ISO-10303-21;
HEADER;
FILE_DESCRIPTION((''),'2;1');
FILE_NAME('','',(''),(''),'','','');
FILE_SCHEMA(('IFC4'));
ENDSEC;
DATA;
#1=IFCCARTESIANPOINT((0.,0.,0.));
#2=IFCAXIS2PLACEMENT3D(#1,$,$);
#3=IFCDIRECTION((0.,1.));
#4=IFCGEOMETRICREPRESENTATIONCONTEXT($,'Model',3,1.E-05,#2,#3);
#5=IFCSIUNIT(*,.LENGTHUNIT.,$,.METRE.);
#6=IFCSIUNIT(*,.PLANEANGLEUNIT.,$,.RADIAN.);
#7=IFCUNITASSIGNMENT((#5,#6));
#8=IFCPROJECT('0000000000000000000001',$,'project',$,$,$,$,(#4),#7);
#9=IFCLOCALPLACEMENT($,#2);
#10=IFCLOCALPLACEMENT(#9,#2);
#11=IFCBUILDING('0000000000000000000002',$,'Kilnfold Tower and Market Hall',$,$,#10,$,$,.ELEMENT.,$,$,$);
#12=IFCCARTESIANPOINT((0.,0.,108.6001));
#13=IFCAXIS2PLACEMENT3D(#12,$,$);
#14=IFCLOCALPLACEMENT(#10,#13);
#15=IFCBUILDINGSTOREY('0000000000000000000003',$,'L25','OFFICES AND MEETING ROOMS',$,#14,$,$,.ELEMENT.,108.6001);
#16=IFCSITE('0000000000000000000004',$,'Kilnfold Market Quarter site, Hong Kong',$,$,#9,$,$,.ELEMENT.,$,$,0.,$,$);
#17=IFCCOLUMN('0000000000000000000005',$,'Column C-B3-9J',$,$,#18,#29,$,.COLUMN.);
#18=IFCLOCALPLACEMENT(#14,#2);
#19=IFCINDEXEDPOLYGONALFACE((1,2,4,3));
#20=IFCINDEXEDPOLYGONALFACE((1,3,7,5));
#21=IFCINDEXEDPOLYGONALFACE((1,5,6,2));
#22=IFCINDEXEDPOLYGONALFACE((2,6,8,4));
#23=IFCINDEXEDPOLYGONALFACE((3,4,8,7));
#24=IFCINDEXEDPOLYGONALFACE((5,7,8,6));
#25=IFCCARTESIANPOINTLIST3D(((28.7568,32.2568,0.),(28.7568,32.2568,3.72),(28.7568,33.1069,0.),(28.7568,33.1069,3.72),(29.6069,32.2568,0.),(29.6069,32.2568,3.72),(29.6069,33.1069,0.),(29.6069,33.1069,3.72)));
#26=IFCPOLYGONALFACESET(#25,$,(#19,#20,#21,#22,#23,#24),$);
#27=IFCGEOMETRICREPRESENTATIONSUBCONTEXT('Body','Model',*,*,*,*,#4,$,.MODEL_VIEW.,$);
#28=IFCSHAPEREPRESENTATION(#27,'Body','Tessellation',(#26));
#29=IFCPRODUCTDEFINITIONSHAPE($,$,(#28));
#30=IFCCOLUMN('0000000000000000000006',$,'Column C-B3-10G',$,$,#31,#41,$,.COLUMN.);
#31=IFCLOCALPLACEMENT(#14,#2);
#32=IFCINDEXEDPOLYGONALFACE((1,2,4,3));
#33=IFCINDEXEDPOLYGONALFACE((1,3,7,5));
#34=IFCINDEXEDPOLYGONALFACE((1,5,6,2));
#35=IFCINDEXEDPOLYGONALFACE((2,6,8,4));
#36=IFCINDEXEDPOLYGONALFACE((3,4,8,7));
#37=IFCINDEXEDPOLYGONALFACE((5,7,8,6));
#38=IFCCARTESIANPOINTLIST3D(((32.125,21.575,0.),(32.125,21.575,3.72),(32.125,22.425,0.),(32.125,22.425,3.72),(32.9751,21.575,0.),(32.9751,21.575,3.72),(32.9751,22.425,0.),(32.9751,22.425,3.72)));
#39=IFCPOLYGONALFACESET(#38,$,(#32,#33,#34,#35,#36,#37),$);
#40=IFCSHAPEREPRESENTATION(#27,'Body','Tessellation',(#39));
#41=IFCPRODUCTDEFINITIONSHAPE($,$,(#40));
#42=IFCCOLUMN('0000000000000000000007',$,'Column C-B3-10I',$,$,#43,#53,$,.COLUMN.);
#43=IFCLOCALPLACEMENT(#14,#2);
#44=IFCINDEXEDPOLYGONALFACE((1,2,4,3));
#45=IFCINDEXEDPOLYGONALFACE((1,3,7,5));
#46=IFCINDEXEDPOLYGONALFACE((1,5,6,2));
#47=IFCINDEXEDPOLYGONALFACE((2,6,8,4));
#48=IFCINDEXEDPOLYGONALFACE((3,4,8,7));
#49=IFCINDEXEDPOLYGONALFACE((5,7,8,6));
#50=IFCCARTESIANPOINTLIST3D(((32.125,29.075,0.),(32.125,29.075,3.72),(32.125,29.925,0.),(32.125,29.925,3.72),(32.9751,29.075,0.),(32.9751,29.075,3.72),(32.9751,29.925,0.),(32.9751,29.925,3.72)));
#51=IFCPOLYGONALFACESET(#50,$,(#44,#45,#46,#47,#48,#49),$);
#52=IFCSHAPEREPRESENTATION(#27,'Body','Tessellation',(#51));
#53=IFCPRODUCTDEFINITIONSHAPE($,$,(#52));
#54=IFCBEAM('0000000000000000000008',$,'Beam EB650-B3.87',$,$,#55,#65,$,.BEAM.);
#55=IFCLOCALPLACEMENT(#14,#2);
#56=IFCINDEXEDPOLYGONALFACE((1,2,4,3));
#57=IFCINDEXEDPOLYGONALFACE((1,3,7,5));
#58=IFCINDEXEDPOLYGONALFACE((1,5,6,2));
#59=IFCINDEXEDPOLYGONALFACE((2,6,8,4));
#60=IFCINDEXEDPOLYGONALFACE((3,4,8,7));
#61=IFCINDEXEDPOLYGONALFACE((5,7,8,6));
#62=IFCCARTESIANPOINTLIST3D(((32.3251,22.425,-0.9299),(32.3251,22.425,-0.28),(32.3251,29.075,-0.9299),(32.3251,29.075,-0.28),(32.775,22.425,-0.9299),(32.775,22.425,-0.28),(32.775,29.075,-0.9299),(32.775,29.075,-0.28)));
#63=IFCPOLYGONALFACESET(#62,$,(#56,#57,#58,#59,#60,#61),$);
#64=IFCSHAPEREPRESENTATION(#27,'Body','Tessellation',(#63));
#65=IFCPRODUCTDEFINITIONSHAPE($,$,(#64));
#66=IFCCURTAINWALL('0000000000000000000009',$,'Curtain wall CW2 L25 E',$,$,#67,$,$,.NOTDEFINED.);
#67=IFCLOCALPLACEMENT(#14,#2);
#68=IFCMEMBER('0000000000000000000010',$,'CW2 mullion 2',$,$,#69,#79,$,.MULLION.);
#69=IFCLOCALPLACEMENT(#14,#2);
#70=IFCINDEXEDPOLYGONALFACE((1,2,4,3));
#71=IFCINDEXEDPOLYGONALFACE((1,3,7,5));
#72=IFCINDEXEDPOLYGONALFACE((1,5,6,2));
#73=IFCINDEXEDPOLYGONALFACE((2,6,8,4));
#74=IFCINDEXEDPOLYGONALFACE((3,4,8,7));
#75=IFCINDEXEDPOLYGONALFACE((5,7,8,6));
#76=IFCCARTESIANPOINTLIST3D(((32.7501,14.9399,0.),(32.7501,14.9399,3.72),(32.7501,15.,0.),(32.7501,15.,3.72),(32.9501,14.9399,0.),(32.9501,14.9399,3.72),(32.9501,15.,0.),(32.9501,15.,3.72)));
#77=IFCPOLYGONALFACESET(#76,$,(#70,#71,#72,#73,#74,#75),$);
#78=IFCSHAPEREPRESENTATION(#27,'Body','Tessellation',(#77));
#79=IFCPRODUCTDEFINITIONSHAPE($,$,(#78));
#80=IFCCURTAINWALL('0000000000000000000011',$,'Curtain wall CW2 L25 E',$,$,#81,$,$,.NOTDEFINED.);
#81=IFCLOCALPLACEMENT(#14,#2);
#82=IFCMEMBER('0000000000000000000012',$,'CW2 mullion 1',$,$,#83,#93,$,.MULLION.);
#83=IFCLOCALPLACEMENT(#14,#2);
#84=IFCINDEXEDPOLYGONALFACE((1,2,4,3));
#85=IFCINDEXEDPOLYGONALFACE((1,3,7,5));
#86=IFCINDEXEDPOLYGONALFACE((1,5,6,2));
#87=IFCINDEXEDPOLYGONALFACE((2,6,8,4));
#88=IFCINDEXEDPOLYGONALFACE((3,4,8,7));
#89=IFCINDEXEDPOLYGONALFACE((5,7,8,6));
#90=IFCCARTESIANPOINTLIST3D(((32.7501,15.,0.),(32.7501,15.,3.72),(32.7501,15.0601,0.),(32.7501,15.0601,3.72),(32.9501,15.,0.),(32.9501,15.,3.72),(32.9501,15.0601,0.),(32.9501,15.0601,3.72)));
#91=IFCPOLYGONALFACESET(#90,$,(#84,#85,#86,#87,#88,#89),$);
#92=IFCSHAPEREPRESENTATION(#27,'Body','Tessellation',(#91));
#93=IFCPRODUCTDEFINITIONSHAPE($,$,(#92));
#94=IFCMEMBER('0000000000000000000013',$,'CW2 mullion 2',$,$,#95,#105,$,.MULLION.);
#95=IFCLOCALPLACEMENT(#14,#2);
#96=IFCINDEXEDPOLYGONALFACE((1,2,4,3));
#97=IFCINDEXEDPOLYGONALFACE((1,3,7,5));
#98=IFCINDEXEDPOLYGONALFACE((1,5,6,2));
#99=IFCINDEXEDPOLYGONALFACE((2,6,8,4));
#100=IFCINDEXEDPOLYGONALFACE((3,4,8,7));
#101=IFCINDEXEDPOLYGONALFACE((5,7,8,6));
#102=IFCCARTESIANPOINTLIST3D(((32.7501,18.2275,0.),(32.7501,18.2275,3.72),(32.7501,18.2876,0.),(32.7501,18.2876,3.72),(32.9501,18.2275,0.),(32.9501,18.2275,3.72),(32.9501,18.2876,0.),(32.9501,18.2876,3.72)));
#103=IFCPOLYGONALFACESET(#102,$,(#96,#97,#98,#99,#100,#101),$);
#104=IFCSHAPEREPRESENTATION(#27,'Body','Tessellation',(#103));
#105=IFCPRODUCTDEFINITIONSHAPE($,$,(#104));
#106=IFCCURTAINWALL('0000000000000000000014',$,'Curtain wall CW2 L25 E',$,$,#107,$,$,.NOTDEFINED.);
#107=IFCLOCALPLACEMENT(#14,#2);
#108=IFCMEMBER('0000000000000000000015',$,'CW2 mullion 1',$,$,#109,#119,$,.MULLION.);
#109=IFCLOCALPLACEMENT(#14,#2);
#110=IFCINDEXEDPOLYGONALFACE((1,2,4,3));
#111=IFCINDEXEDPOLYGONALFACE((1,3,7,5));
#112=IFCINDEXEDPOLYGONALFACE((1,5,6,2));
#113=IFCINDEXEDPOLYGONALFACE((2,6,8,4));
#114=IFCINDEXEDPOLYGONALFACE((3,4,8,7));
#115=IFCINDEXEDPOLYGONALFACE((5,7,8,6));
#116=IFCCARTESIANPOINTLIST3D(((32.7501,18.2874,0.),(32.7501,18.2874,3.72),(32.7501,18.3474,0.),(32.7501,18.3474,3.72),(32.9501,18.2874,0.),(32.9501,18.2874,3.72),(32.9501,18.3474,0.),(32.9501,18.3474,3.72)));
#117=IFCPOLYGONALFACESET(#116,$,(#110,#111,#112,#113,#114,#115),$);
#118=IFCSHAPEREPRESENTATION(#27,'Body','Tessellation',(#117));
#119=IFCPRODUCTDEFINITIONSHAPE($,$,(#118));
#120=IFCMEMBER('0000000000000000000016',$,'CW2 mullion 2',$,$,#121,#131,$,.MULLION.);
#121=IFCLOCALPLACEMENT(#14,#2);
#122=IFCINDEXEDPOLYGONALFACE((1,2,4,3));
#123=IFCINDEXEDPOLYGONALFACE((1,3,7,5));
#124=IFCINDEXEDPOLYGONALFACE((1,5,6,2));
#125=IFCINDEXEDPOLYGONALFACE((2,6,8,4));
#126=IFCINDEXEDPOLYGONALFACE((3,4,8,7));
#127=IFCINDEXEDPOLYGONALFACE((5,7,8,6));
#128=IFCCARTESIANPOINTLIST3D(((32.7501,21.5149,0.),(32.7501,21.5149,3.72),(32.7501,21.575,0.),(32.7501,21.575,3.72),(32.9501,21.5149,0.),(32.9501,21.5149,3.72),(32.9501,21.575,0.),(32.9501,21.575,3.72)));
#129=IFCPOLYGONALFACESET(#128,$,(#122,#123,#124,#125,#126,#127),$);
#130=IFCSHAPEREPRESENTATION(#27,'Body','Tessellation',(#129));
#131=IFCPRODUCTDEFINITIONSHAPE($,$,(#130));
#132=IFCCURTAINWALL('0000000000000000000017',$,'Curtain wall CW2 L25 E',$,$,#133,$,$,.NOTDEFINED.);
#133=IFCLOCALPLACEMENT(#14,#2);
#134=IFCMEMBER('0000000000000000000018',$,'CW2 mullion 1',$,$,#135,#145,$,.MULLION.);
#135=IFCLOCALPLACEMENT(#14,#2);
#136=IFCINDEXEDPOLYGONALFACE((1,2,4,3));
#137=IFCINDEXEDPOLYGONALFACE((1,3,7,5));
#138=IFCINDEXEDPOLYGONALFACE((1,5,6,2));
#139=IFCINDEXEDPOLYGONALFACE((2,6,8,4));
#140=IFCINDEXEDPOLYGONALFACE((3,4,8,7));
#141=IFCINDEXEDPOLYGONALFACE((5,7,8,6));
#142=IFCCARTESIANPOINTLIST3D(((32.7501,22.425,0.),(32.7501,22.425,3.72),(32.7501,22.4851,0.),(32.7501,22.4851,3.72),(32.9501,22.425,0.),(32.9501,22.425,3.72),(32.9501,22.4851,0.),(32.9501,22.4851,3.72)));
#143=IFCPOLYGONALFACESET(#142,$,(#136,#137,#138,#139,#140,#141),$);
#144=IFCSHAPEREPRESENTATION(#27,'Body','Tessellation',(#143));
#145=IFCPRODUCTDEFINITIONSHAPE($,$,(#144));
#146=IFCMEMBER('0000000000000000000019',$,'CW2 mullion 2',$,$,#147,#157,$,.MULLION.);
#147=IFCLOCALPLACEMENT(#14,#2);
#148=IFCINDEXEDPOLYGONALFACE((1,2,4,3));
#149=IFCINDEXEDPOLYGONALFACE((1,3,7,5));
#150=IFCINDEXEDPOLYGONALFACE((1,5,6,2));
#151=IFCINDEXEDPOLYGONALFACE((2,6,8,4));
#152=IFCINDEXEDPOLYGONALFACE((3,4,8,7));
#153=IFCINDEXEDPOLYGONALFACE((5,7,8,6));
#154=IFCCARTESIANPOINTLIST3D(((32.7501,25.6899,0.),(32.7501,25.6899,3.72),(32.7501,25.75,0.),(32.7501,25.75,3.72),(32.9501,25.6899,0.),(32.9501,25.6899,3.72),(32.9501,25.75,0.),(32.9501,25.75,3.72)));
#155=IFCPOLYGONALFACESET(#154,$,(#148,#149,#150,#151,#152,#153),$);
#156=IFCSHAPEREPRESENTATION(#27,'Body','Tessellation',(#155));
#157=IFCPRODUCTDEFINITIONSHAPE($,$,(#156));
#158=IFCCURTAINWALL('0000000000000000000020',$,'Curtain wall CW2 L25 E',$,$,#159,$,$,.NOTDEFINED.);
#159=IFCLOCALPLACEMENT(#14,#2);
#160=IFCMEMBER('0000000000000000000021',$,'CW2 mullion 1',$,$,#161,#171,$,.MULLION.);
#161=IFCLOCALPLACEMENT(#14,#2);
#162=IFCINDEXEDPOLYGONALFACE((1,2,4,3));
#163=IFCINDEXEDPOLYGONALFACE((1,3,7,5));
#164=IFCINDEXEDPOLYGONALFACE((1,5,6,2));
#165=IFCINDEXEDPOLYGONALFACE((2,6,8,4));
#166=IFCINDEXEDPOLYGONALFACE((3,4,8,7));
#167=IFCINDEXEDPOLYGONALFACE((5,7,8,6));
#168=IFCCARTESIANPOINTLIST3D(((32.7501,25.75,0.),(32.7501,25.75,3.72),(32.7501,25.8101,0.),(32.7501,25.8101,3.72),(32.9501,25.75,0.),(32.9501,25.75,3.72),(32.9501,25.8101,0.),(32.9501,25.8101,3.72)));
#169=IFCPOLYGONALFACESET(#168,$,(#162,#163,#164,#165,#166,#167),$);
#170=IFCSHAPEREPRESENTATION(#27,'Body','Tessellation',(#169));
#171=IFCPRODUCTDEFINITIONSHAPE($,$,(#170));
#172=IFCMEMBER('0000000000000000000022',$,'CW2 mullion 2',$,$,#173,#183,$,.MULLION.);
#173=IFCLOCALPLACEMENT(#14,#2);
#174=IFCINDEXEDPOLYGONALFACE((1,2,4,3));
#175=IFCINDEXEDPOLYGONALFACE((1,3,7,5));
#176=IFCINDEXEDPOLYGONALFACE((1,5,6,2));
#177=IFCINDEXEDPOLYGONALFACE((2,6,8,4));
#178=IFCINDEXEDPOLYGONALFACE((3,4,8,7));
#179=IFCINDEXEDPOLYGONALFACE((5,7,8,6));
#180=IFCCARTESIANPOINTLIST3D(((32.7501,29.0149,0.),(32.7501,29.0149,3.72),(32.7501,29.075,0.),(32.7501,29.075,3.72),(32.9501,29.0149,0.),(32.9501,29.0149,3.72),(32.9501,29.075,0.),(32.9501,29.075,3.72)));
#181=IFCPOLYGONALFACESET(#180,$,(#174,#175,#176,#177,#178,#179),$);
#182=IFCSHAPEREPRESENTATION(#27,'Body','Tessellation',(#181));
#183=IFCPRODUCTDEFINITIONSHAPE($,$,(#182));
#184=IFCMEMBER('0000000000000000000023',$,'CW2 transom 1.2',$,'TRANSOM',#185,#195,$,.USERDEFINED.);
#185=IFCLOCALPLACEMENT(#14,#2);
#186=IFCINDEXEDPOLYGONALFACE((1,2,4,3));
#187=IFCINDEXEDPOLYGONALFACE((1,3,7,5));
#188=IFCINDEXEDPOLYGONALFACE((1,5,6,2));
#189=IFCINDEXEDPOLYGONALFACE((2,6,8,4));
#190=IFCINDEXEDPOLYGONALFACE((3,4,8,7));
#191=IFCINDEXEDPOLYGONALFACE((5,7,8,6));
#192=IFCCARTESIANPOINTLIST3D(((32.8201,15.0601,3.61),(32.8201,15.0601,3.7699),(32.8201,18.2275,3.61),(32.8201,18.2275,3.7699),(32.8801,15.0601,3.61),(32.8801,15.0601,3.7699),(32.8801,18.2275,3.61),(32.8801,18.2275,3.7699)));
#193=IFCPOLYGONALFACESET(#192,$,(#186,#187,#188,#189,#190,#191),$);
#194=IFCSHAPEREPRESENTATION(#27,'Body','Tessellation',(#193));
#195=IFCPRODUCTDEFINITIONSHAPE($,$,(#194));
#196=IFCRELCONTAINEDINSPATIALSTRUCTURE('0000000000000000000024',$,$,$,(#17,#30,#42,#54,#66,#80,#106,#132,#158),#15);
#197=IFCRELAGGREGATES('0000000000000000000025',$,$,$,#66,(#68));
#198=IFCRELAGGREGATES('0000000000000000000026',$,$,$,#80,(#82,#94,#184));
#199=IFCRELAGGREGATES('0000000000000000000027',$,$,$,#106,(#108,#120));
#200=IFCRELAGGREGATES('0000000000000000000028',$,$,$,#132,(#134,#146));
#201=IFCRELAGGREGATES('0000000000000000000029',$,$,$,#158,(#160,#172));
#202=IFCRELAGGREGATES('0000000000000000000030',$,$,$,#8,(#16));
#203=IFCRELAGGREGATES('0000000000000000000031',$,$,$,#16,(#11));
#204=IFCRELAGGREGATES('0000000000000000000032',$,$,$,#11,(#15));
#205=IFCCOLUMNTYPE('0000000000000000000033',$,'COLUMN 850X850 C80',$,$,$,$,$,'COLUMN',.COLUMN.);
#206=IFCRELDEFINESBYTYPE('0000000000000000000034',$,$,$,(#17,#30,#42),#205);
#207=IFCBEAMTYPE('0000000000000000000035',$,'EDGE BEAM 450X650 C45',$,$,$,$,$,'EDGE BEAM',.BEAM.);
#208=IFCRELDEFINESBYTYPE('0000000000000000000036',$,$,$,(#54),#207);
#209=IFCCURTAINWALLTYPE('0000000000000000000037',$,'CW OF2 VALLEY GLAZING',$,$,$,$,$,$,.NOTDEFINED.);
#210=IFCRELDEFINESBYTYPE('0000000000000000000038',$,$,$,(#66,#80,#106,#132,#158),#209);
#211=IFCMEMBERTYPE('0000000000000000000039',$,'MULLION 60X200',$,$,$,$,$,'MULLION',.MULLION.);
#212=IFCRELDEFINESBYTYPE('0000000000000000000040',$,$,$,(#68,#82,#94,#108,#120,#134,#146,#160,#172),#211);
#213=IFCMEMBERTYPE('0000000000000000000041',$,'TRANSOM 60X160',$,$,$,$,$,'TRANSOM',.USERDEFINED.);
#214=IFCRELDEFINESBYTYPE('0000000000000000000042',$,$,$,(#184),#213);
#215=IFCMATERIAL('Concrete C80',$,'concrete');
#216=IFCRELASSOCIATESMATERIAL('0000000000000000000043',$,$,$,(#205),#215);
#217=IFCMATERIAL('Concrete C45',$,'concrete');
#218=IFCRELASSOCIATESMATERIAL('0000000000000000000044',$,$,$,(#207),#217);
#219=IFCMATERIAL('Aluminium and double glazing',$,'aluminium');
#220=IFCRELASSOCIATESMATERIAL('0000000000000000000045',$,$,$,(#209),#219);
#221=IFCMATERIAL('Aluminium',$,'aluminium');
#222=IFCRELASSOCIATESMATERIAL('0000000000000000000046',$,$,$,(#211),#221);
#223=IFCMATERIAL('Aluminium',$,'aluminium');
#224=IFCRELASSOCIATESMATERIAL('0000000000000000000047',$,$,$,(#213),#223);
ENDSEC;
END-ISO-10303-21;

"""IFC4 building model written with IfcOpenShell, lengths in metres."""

from ifc_helpers import new_model, si_unit, direction, frame, origin, origin_2d, place, context, subcontext, project, spatial, rectangle, extrude, source, transform, mapped, material, material_profile, profile_set, type_object, element, aggregate, save


model = new_model("IFC4")

# Units and contexts
model_context = context("Model", 3, precision=1e-05, world=origin(), true_north=direction((0.0, 1.0)))
body_context = subcontext(model_context, "Body", "Model", "MODEL_VIEW")
ifc_project = project(units=[si_unit("LENGTHUNIT", "METRE"), si_unit("PLANEANGLEUNIT", "RADIAN")], contexts=[model_context])

# Site, building, storey
site_placement = place(None, origin())
site = spatial("IfcSite", under=ifc_project, at=site_placement, Name="Kilnfold Market Quarter site, Hong Kong", CompositionType="ELEMENT", RefElevation=0.0)
building_placement = place(site_placement, origin())
building = spatial("IfcBuilding", under=site, at=building_placement, Name="Kilnfold Tower and Market Hall", CompositionType="ELEMENT")
storey_placement = place(building_placement, frame((0.0, 0.0, 108.6001)))
storey = spatial("IfcBuildingStorey", under=building, at=storey_placement, Name="L25", Description="OFFICES AND MEETING ROOMS", CompositionType="ELEMENT", Elevation=108.6001)

# Columns
ifc_material_1 = material(Name="Concrete C80", Category="concrete")
ifc_material_profile_1 = material_profile(ifc_material_1, rectangle(XDim=0.8501, YDim=0.8501, at=origin_2d()), Name="RC 850x850")
ifc_profile_set_1 = profile_set([ifc_material_profile_1], Name="Concrete C80")
column_type = type_object("IfcColumnType", Name="COLUMN 850X850 C80", ElementType="COLUMN", PredefinedType="COLUMN", material=ifc_profile_set_1)
shared_shape_1 = source(origin(), body_context, "Body", "SweptSolid", [
    extrude(rectangle(XDim=0.8501, YDim=0.8501, at=origin_2d()), origin(), (0.0, 0.0, 1.0), 3.72),
])
for number, where, z_axis, x_axis, name in (
    (1, (29.1819, 32.6819, 0.0), (0.0, 0.0, 1.0), (1.0, 0.0, 0.0), "Column C-B3-9J"),
    (2, (32.55, 22.0, 0.0), (0.0, 0.0, 1.0), (1.0, 0.0, 0.0), "Column C-B3-10G"),
    (3, (32.55, 29.5, 0.0), (0.0, 0.0, 1.0), (1.0, 0.0, 0.0), "Column C-B3-10I"),
):
    element("IfcColumn", number, at=place(storey_placement, frame(where, z_axis=z_axis, x_axis=x_axis)), inside=storey, type_object=column_type, Name=name, PredefinedType="COLUMN", context=body_context, shape_type="MappedRepresentation", body=[
        mapped(shared_shape_1, transform((0.0, 0.0, 0.0))),
    ])

# Beam
ifc_material_2 = material(Name="Concrete C45", Category="concrete")
ifc_material_profile_2 = material_profile(ifc_material_2, rectangle(XDim=0.45, YDim=0.6499, at=origin_2d()), Name="RC 450x650")
ifc_profile_set_2 = profile_set([ifc_material_profile_2], Name="Concrete C45")
beam_type = type_object("IfcBeamType", Name="EDGE BEAM 450X650 C45", ElementType="EDGE BEAM", PredefinedType="BEAM", material=ifc_profile_set_2)
shared_shape_2 = source(origin(), body_context, "Body", "SweptSolid", [
    extrude(rectangle(XDim=0.45, YDim=0.6499, at=origin_2d()), origin(), (0.0, 0.0, 1.0), 6.6499),
])
beam_placement = place(storey_placement, frame((32.55, 22.425, -0.605), z_axis=(0.0, 1.0, 0.0), x_axis=(-1.0, 0.0, 0.0)))
element("IfcBeam", 4, at=beam_placement, inside=storey, type_object=beam_type, Name="Beam EB650-B3.87", PredefinedType="BEAM", context=body_context, shape_type="MappedRepresentation", body=[
    mapped(shared_shape_2, transform((0.0, 0.0, 0.0))),
])

# Curtain wall, member
ifc_material_3 = material(Name="Aluminium and double glazing", Category="aluminium")
curtain_wall_type = type_object("IfcCurtainWallType", Name="CW OF2 VALLEY GLAZING", PredefinedType="NOTDEFINED", material=ifc_material_3)
curtain_wall_1_placement = place(storey_placement, origin())
curtain_wall_1 = element("IfcCurtainWall", 5, at=curtain_wall_1_placement, inside=storey, type_object=curtain_wall_type, Name="Curtain wall CW2 L25 E", PredefinedType="NOTDEFINED")
ifc_material_4 = material(Name="Aluminium", Category="aluminium")
ifc_material_profile_3 = material_profile(ifc_material_4, rectangle(XDim=0.0601, YDim=0.2, at=origin_2d()), Name="MULLION 60x200")
ifc_profile_set_3 = profile_set([ifc_material_profile_3], Name="Aluminium")
member_type_1 = type_object("IfcMemberType", Name="MULLION 60X200", ElementType="MULLION", PredefinedType="MULLION", material=ifc_profile_set_3)
shared_shape_3 = source(origin(), body_context, "Body", "SweptSolid", [
    extrude(rectangle(XDim=0.0601, YDim=0.2, at=origin_2d()), origin(), (0.0, 0.0, 1.0), 3.72),
])
member_1_placement = place(storey_placement, frame((32.8501, 14.97, 0.0), z_axis=(0.0, 0.0, 1.0), x_axis=(0.0, 1.0, 0.0)))
member_1 = element("IfcMember", 6, at=member_1_placement, type_object=member_type_1, Name="CW2 mullion 2", PredefinedType="MULLION", context=body_context, shape_type="MappedRepresentation", body=[
    mapped(shared_shape_3, transform((0.0, 0.0, 0.0))),
])
aggregate(curtain_wall_1, [member_1])

# Curtain walls, members
curtain_wall_2_placement = place(storey_placement, origin())
curtain_wall_2 = element("IfcCurtainWall", 7, at=curtain_wall_2_placement, inside=storey, type_object=curtain_wall_type, Name="Curtain wall CW2 L25 E", PredefinedType="NOTDEFINED")
member_2_placement = place(storey_placement, frame((32.8501, 15.03, 0.0), z_axis=(0.0, 0.0, 1.0), x_axis=(0.0, 1.0, 0.0)))
member_2 = element("IfcMember", 8, at=member_2_placement, type_object=member_type_1, Name="CW2 mullion 1", PredefinedType="MULLION", context=body_context, shape_type="MappedRepresentation", body=[
    mapped(shared_shape_3, transform((0.0, 0.0, 0.0))),
])
member_3_placement = place(storey_placement, frame((32.8501, 18.2576, 0.0), z_axis=(0.0, 0.0, 1.0), x_axis=(0.0, 1.0, 0.0)))
member_3 = element("IfcMember", 9, at=member_3_placement, type_object=member_type_1, Name="CW2 mullion 2", PredefinedType="MULLION", context=body_context, shape_type="MappedRepresentation", body=[
    mapped(shared_shape_3, transform((0.0, 0.0, 0.0))),
])
curtain_wall_3_placement = place(storey_placement, origin())
curtain_wall_3 = element("IfcCurtainWall", 10, at=curtain_wall_3_placement, inside=storey, type_object=curtain_wall_type, Name="Curtain wall CW2 L25 E", PredefinedType="NOTDEFINED")
member_4_placement = place(storey_placement, frame((32.8501, 18.3174, 0.0), z_axis=(0.0, 0.0, 1.0), x_axis=(0.0, 1.0, 0.0)))
member_4 = element("IfcMember", 11, at=member_4_placement, type_object=member_type_1, Name="CW2 mullion 1", PredefinedType="MULLION", context=body_context, shape_type="MappedRepresentation", body=[
    mapped(shared_shape_3, transform((0.0, 0.0, 0.0))),
])
member_5_placement = place(storey_placement, frame((32.8501, 21.5449, 0.0), z_axis=(0.0, 0.0, 1.0), x_axis=(0.0, 1.0, 0.0)))
member_5 = element("IfcMember", 12, at=member_5_placement, type_object=member_type_1, Name="CW2 mullion 2", PredefinedType="MULLION", context=body_context, shape_type="MappedRepresentation", body=[
    mapped(shared_shape_3, transform((0.0, 0.0, 0.0))),
])
curtain_wall_4_placement = place(storey_placement, origin())
curtain_wall_4 = element("IfcCurtainWall", 13, at=curtain_wall_4_placement, inside=storey, type_object=curtain_wall_type, Name="Curtain wall CW2 L25 E", PredefinedType="NOTDEFINED")
member_6_placement = place(storey_placement, frame((32.8501, 22.4551, 0.0), z_axis=(0.0, 0.0, 1.0), x_axis=(0.0, 1.0, 0.0)))
member_6 = element("IfcMember", 14, at=member_6_placement, type_object=member_type_1, Name="CW2 mullion 1", PredefinedType="MULLION", context=body_context, shape_type="MappedRepresentation", body=[
    mapped(shared_shape_3, transform((0.0, 0.0, 0.0))),
])
member_7_placement = place(storey_placement, frame((32.8501, 25.72, 0.0), z_axis=(0.0, 0.0, 1.0), x_axis=(0.0, 1.0, 0.0)))
member_7 = element("IfcMember", 15, at=member_7_placement, type_object=member_type_1, Name="CW2 mullion 2", PredefinedType="MULLION", context=body_context, shape_type="MappedRepresentation", body=[
    mapped(shared_shape_3, transform((0.0, 0.0, 0.0))),
])
curtain_wall_5_placement = place(storey_placement, origin())
curtain_wall_5 = element("IfcCurtainWall", 16, at=curtain_wall_5_placement, inside=storey, type_object=curtain_wall_type, Name="Curtain wall CW2 L25 E", PredefinedType="NOTDEFINED")
member_8_placement = place(storey_placement, frame((32.8501, 25.78, 0.0), z_axis=(0.0, 0.0, 1.0), x_axis=(0.0, 1.0, 0.0)))
member_8 = element("IfcMember", 17, at=member_8_placement, type_object=member_type_1, Name="CW2 mullion 1", PredefinedType="MULLION", context=body_context, shape_type="MappedRepresentation", body=[
    mapped(shared_shape_3, transform((0.0, 0.0, 0.0))),
])
member_9_placement = place(storey_placement, frame((32.8501, 29.0449, 0.0), z_axis=(0.0, 0.0, 1.0), x_axis=(0.0, 1.0, 0.0)))
member_9 = element("IfcMember", 18, at=member_9_placement, type_object=member_type_1, Name="CW2 mullion 2", PredefinedType="MULLION", context=body_context, shape_type="MappedRepresentation", body=[
    mapped(shared_shape_3, transform((0.0, 0.0, 0.0))),
])

# Member
ifc_material_5 = material(Name="Aluminium", Category="aluminium")
ifc_material_profile_4 = material_profile(ifc_material_5, rectangle(XDim=0.0601, YDim=0.1599, at=origin_2d()), Name="TRANSOM 60x160")
ifc_profile_set_4 = profile_set([ifc_material_profile_4], Name="Aluminium")
member_type_2 = type_object("IfcMemberType", Name="TRANSOM 60X160", ElementType="TRANSOM", PredefinedType="USERDEFINED", material=ifc_profile_set_4)
shared_shape_4 = source(origin(), body_context, "Body", "SweptSolid", [
    extrude(rectangle(XDim=0.0601, YDim=0.1599, at=origin_2d()), origin(), (0.0, 0.0, 1.0), 3.1675),
])
member_10_placement = place(storey_placement, frame((32.8501, 15.0601, 3.6899), z_axis=(0.0, 1.0, 0.0), x_axis=(-1.0, 0.0, 0.0)))
member_10 = element("IfcMember", 19, at=member_10_placement, type_object=member_type_2, Name="CW2 transom 1.2", ObjectType="TRANSOM", PredefinedType="USERDEFINED", context=body_context, shape_type="MappedRepresentation", body=[
    mapped(shared_shape_4, transform((0.0, 0.0, 0.0))),
])

aggregate(curtain_wall_2, [member_2, member_3, member_10])
aggregate(curtain_wall_3, [member_4, member_5])
aggregate(curtain_wall_4, [member_6, member_7])
aggregate(curtain_wall_5, [member_8, member_9])

save(model, "model.ifc")
